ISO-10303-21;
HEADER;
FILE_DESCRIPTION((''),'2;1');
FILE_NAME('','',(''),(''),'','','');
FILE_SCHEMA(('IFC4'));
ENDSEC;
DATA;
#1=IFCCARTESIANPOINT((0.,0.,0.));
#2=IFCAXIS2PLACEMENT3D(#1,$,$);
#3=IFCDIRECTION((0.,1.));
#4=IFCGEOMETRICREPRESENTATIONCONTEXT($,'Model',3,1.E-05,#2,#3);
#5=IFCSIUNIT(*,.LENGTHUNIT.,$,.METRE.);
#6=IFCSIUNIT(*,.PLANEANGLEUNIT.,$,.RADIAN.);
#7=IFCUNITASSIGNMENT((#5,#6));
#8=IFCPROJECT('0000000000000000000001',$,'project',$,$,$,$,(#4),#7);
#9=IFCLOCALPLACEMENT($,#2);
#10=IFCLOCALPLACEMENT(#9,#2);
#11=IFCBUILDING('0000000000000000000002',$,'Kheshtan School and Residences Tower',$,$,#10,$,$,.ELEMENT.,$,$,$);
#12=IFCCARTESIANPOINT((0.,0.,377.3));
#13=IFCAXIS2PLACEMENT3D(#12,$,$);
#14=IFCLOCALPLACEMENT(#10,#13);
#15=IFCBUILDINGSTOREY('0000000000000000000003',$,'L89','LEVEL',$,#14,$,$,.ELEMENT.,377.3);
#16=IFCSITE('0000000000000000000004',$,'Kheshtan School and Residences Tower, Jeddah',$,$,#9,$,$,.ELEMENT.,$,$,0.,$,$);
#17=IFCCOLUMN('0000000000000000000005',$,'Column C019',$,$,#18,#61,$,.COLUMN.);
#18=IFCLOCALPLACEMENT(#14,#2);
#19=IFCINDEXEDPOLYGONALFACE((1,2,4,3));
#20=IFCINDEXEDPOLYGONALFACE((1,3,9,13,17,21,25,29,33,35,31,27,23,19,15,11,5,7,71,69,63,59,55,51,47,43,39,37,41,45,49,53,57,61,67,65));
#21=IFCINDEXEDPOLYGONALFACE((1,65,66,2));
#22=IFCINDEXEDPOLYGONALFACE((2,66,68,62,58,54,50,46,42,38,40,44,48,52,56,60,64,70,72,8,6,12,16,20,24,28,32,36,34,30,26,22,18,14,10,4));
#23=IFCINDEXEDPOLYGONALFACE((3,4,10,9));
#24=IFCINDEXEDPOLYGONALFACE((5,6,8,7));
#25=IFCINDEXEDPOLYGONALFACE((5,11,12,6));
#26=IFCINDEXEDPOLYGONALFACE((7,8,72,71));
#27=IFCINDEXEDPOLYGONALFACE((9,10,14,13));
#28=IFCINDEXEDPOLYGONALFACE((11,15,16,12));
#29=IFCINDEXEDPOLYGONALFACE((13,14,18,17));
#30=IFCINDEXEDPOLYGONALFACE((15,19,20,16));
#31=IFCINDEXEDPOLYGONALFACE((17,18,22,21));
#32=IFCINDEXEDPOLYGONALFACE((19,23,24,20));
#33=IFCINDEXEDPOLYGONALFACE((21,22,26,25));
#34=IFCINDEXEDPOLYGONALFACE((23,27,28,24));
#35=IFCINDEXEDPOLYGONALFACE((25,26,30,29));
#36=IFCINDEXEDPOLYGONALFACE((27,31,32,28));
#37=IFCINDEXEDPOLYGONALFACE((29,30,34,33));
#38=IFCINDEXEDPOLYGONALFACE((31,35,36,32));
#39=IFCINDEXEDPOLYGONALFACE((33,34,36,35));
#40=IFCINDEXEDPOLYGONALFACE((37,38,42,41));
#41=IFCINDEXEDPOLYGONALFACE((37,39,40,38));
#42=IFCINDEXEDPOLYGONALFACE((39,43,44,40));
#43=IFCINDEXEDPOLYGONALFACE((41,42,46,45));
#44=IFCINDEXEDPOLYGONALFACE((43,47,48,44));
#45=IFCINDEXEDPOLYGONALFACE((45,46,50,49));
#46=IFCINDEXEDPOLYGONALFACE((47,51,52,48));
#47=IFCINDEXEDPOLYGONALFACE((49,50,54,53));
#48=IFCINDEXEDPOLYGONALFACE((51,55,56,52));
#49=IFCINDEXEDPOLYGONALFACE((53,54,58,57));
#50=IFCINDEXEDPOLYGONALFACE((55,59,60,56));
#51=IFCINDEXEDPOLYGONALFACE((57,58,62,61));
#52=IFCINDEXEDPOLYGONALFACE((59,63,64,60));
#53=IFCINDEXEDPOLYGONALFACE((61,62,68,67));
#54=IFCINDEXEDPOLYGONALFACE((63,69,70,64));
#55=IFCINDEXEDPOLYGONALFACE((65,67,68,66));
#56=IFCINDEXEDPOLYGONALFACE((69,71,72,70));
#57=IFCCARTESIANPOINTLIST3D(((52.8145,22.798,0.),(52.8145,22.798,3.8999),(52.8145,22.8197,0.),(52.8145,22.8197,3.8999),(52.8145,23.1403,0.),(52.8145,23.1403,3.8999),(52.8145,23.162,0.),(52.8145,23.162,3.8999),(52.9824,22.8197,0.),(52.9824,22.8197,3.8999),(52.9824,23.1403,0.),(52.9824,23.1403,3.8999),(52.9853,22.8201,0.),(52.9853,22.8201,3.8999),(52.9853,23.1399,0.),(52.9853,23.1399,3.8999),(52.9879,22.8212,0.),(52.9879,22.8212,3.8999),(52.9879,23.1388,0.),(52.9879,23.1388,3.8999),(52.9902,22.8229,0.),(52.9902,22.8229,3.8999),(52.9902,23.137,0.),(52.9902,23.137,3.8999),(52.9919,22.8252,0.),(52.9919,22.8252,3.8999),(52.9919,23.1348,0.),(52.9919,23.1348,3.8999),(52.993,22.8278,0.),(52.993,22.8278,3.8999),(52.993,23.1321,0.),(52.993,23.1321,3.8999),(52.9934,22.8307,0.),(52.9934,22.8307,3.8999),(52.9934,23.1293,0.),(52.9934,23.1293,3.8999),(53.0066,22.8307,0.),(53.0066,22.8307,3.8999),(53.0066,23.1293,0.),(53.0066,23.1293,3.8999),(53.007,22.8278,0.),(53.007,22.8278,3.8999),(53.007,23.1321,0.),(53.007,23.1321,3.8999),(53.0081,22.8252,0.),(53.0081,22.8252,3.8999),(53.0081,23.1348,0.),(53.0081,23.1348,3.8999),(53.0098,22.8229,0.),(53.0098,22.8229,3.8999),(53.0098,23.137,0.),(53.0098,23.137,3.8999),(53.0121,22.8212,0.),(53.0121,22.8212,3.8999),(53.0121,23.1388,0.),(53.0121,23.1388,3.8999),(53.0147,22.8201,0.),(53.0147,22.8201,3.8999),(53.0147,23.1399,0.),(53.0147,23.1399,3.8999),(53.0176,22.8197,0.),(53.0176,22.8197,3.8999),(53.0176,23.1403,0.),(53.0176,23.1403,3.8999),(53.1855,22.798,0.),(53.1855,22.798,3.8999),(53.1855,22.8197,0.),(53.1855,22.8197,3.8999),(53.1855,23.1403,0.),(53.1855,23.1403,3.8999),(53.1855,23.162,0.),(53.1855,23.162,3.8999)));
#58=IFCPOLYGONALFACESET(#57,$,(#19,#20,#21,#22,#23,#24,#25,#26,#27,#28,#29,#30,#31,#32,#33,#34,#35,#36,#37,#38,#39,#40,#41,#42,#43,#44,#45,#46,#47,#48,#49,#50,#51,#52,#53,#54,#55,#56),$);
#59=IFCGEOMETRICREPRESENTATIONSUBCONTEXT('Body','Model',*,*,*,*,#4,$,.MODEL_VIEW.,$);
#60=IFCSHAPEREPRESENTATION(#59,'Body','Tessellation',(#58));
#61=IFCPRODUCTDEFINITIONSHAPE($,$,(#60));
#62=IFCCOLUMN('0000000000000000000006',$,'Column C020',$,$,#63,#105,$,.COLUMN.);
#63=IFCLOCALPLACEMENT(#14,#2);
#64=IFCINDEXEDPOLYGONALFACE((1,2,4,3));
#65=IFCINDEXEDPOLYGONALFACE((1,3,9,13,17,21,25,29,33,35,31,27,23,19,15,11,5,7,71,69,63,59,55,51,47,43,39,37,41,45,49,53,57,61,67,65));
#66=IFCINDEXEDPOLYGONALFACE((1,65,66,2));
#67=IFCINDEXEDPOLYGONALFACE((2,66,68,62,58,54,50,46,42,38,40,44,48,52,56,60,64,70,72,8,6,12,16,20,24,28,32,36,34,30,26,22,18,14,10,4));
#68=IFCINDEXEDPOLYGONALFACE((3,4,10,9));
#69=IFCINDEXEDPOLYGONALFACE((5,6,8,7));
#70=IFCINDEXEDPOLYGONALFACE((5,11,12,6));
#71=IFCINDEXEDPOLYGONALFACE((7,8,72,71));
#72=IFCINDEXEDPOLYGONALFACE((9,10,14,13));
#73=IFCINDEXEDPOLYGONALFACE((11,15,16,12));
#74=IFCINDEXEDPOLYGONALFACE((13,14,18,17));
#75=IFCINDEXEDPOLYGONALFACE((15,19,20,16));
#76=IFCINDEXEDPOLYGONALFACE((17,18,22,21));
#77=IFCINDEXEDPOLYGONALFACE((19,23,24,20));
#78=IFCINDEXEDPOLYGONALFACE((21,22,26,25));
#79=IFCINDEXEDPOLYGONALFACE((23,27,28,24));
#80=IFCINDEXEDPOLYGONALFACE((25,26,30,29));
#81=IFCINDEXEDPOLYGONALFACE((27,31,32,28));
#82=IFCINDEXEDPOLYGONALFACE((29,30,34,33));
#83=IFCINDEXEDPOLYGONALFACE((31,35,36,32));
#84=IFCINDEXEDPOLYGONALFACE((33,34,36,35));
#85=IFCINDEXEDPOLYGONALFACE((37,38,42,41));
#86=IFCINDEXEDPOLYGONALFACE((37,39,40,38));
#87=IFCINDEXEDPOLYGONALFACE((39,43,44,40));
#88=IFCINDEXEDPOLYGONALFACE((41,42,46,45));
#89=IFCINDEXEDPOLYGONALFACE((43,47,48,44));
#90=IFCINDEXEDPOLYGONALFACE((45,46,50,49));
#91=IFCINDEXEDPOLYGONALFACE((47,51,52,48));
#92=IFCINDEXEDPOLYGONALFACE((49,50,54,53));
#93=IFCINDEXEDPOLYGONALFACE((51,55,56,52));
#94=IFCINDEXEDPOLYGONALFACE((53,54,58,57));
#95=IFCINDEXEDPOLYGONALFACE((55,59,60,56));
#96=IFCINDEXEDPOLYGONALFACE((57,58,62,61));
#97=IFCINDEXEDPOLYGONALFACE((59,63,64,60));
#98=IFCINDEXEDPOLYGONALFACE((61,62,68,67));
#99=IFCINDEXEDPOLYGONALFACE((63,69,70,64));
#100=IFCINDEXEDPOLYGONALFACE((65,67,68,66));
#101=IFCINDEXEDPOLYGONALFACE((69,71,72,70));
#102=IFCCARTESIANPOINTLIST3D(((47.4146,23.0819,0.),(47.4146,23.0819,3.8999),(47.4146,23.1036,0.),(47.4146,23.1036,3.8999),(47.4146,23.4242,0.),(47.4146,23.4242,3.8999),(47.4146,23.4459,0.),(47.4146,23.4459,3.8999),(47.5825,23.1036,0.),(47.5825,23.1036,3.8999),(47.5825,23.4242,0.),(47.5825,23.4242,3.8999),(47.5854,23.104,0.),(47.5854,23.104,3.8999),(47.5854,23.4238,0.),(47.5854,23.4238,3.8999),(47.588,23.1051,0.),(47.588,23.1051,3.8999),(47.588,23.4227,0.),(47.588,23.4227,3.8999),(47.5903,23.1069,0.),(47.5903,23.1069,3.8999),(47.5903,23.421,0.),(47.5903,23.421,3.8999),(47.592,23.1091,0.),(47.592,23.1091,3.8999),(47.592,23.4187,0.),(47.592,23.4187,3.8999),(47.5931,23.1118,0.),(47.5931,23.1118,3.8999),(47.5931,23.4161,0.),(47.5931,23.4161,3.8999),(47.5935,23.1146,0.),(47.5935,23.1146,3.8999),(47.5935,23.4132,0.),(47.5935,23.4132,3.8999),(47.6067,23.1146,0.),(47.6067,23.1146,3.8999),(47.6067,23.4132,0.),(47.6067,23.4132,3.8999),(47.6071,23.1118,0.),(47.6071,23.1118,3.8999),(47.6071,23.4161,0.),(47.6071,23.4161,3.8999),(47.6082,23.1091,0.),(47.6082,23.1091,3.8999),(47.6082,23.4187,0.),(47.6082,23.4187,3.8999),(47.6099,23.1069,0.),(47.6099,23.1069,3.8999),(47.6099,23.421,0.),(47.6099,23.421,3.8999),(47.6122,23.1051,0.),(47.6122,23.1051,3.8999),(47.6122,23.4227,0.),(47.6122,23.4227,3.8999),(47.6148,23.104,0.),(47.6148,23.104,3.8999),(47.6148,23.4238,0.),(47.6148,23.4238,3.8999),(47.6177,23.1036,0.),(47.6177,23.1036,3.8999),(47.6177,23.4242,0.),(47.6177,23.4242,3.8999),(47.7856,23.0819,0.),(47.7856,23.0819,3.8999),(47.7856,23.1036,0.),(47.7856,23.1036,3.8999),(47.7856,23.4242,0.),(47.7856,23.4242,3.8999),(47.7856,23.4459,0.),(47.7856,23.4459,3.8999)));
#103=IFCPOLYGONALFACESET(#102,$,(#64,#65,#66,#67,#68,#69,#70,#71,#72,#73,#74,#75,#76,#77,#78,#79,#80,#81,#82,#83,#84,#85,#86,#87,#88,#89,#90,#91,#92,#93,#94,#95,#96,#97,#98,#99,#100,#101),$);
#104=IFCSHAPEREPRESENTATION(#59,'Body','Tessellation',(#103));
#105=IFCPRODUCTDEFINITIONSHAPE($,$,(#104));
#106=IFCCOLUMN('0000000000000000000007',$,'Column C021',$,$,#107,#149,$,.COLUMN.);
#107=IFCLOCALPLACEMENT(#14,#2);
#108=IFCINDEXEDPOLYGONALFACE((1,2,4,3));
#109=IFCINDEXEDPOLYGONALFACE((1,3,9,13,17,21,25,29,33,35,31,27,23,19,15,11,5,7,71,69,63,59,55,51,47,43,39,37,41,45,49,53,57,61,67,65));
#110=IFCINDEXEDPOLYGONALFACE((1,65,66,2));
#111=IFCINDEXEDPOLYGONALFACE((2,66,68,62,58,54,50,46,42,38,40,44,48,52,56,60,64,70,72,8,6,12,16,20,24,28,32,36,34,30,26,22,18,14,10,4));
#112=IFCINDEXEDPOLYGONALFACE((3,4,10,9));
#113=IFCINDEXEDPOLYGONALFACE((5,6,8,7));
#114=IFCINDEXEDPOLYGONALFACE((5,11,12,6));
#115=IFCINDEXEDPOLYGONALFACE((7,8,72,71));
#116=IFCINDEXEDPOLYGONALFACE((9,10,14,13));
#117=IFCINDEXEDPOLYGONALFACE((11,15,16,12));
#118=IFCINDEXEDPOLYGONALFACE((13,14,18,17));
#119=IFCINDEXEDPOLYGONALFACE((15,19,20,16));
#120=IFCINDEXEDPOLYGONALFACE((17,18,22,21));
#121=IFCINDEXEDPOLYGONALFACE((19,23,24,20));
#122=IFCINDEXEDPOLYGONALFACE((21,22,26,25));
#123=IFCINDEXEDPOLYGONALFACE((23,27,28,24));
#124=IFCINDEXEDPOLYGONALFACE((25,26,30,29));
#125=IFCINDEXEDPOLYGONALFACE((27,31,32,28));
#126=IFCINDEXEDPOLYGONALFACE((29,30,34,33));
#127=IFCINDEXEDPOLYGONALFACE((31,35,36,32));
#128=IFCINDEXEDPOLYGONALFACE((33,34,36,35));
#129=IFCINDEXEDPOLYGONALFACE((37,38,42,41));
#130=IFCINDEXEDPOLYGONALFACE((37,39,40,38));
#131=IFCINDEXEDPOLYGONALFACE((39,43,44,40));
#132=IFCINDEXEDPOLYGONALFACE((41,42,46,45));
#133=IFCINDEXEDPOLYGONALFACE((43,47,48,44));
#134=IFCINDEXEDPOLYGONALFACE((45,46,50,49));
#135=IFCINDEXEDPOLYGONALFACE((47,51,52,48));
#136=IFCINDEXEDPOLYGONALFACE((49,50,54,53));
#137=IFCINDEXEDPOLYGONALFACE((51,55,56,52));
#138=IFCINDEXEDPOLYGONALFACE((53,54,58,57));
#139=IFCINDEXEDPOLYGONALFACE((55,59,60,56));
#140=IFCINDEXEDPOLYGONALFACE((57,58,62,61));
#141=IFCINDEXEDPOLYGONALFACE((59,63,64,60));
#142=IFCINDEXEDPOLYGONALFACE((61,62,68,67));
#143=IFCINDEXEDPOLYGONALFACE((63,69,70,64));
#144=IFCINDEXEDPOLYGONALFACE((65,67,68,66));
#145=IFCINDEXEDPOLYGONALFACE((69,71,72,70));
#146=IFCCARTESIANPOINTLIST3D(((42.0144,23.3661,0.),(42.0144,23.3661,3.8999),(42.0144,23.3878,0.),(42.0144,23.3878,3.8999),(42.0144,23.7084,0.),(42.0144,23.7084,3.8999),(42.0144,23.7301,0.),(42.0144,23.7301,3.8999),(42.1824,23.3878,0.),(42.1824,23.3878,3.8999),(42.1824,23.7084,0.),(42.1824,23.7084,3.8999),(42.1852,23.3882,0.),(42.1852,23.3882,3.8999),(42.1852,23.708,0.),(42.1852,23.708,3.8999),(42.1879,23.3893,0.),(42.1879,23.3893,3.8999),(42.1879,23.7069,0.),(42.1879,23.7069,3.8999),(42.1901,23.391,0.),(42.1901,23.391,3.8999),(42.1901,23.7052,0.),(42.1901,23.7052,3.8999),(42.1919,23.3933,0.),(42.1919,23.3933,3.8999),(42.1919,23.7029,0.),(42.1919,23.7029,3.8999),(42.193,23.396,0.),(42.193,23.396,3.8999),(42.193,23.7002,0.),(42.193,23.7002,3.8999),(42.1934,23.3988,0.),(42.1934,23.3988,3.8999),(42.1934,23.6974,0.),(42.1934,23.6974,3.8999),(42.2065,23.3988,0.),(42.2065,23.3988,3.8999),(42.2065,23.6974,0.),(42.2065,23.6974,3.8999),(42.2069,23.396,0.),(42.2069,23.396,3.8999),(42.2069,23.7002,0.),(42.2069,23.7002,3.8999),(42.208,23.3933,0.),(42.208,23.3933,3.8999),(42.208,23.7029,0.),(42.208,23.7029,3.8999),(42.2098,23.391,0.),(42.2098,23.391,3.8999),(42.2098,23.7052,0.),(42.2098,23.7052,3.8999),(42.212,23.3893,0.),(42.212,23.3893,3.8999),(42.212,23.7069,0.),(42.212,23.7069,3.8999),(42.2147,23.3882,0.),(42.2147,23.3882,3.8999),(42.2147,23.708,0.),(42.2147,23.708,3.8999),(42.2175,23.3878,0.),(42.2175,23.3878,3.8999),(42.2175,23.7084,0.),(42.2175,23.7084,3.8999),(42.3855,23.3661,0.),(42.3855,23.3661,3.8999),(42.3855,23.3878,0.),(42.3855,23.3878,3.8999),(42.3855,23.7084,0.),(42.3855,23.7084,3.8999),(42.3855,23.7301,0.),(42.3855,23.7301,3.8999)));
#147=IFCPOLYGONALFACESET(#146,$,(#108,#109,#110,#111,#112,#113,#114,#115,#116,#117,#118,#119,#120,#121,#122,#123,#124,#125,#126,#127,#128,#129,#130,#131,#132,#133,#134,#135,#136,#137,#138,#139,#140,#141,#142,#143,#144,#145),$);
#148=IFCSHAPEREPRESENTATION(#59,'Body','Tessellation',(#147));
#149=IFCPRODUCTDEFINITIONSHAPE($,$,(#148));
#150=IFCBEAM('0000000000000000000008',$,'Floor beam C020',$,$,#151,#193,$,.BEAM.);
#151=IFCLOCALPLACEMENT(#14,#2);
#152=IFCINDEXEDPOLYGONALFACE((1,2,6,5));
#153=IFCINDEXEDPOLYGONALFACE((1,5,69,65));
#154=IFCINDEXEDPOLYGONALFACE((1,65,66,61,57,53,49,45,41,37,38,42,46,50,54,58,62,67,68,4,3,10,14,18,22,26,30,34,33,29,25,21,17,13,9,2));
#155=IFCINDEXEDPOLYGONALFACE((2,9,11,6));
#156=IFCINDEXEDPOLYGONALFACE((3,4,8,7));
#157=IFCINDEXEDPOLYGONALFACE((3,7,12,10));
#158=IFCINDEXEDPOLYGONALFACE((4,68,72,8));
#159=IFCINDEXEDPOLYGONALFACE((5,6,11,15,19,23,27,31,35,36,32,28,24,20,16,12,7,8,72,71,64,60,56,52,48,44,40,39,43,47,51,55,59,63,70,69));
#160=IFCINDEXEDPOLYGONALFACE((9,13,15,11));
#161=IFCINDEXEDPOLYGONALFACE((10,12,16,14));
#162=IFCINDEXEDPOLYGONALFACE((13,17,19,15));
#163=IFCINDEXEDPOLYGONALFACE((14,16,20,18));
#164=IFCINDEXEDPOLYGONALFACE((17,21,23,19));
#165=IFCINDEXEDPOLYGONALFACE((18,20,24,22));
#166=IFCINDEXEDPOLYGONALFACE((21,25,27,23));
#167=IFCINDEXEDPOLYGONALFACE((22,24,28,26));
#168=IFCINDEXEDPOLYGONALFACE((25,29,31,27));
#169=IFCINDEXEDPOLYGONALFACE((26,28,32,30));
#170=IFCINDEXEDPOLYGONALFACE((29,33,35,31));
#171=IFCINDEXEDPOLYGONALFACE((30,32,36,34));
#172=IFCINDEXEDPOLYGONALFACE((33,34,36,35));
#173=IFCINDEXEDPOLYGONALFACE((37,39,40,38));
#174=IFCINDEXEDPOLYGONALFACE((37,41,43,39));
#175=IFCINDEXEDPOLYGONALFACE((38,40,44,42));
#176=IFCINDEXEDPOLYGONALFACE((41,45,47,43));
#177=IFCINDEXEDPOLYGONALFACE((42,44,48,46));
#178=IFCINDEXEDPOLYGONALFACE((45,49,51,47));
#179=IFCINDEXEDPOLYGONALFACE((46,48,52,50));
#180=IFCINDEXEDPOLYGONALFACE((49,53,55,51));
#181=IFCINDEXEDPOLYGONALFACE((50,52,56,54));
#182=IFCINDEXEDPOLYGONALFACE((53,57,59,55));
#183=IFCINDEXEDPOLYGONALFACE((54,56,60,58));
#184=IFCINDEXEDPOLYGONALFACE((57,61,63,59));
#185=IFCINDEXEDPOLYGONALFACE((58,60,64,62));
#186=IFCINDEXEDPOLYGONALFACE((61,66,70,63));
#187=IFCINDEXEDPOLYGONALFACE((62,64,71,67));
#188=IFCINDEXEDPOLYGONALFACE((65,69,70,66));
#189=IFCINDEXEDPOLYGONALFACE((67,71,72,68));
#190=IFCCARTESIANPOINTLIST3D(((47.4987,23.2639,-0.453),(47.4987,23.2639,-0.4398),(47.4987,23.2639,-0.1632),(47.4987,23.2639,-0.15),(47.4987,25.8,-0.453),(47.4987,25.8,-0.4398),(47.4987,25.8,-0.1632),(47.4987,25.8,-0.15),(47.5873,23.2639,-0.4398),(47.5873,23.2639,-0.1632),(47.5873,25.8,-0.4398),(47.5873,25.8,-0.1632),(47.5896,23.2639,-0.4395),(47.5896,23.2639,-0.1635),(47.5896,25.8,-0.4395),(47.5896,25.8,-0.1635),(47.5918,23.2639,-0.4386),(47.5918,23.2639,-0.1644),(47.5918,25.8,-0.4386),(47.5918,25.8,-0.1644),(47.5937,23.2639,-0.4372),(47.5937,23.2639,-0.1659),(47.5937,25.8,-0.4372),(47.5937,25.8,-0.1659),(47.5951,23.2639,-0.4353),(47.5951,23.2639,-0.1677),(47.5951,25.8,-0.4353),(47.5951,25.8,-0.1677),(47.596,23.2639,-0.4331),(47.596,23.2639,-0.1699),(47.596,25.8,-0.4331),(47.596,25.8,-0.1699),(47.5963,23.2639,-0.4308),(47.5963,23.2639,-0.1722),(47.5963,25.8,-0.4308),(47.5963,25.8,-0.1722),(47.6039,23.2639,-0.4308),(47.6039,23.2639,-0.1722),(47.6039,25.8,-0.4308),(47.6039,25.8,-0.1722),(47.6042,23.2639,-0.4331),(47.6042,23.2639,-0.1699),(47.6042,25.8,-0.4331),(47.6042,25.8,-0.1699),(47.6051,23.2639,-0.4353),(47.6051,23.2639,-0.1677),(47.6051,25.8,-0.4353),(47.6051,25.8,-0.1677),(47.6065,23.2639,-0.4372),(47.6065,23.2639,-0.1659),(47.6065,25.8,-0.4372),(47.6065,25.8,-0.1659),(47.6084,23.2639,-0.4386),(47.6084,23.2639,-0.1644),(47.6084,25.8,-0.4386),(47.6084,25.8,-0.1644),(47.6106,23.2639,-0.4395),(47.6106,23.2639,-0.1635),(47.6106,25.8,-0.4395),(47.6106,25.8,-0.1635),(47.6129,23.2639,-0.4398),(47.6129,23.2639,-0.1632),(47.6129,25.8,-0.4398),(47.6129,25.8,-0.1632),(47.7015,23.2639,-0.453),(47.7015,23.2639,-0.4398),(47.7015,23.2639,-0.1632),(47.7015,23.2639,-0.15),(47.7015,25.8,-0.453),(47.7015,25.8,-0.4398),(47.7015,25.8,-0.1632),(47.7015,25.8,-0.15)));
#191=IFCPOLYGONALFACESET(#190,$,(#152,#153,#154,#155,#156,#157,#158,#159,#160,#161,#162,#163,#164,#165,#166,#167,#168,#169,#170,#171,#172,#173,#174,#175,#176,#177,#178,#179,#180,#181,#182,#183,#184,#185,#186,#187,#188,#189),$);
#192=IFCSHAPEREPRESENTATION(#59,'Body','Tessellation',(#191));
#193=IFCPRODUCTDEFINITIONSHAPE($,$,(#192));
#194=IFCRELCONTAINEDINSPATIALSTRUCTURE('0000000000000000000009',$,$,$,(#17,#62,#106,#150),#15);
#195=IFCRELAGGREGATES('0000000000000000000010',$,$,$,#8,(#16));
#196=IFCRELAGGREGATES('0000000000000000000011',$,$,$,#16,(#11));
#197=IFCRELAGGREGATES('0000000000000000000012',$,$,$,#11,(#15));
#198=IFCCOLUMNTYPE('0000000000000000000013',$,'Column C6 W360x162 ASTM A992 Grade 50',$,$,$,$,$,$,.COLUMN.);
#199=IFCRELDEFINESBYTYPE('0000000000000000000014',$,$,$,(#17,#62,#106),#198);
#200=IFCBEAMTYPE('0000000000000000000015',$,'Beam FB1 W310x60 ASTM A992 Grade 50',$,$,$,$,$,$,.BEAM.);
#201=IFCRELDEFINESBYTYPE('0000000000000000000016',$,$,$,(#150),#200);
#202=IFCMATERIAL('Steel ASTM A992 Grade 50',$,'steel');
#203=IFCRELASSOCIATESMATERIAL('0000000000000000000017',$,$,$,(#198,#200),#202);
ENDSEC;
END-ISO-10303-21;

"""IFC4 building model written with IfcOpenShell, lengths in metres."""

from ifc_helpers import new_model, si_unit, direction, frame, origin, origin_2d, place, context, subcontext, project, spatial, i_section, extrude, material, material_profile, profile_set, type_object, element, save


model = new_model("IFC4")

# Units and contexts
model_context = context("Model", 3, precision=1e-05, world=origin(), true_north=direction((0.0, 1.0)))
body_context = subcontext(model_context, "Body", "Model", "MODEL_VIEW")
ifc_project = project(units=[si_unit("LENGTHUNIT", "METRE"), si_unit("PLANEANGLEUNIT", "RADIAN")], contexts=[model_context])

# Site, building, storey
site_placement = place(None, origin())
site = spatial("IfcSite", under=ifc_project, at=site_placement, Name="Kheshtan School and Residences Tower, Jeddah", CompositionType="ELEMENT", RefElevation=0.0)
building_placement = place(site_placement, origin())
building = spatial("IfcBuilding", under=site, at=building_placement, Name="Kheshtan School and Residences Tower", CompositionType="ELEMENT")
storey_placement = place(building_placement, frame((0.0, 0.0, 377.3)))
storey = spatial("IfcBuildingStorey", under=building, at=storey_placement, Name="L89", Description="LEVEL", CompositionType="ELEMENT", Elevation=377.3)

# Columns
ifc_material_1 = material(Name="Steel ASTM A992 Grade 50", Category="steel")
ifc_material_profile_1 = material_profile(ifc_material_1, i_section(OverallWidth=0.3711, OverallDepth=0.364, WebThickness=0.0132, FlangeThickness=0.0217, FilletRadius=0.011, at=origin_2d()), Name="W360x162")
ifc_profile_set_1 = profile_set([ifc_material_profile_1], Name="Steel ASTM A992 Grade 50")
column_type = type_object("IfcColumnType", Name="Column C6 W360x162 ASTM A992 Grade 50", PredefinedType="COLUMN", material=ifc_profile_set_1)
for number, where, z_axis, x_axis, name in (
    (1, (53.0, 22.98, 0.0), (0.0, 0.0, 1.0), (1.0, 0.0, 0.0), "Column C019"),
    (2, (47.6001, 23.2639, 0.0), (0.0, 0.0, 1.0), (1.0, 0.0, 0.0), "Column C020"),
    (3, (42.2, 23.5481, 0.0), (0.0, 0.0, 1.0), (1.0, 0.0, 0.0), "Column C021"),
):
    element("IfcColumn", number, at=place(storey_placement, frame(where, z_axis=z_axis, x_axis=x_axis)), inside=storey, type_object=column_type, Name=name, PredefinedType="COLUMN", context=body_context, shape_type="SweptSolid", body=[
        extrude(i_section(OverallWidth=0.3711, OverallDepth=0.364, WebThickness=0.0132, FlangeThickness=0.0217, FilletRadius=0.011, at=origin_2d()), origin(), (0.0, 0.0, 1.0), 3.8999),
    ])

# Beam
ifc_material_profile_2 = material_profile(ifc_material_1, i_section(OverallWidth=0.2029, OverallDepth=0.303, WebThickness=0.0076, FlangeThickness=0.0132, FilletRadius=0.009, at=origin_2d()), Name="W310x60")
ifc_profile_set_2 = profile_set([ifc_material_profile_2], Name="Steel ASTM A992 Grade 50")
beam_type_1 = type_object("IfcBeamType", Name="Beam FB1 W310x60 ASTM A992 Grade 50", PredefinedType="BEAM", material=ifc_profile_set_2)
beam_1_placement = place(storey_placement, frame((47.6001, 23.2639, -0.3015), z_axis=(0.0, 1.0, 0.0), x_axis=(-1.0, 0.0, 0.0)))
element("IfcBeam", 4, at=beam_1_placement, inside=storey, type_object=beam_type_1, Name="Floor beam C020", PredefinedType="BEAM", context=body_context, shape_type="SweptSolid", body=[
    extrude(i_section(OverallWidth=0.2029, OverallDepth=0.303, WebThickness=0.0076, FlangeThickness=0.0132, FilletRadius=0.009, at=origin_2d()), origin(), (0.0, 0.0, 1.0), 2.5361),
])

save(model, "model.ifc")
